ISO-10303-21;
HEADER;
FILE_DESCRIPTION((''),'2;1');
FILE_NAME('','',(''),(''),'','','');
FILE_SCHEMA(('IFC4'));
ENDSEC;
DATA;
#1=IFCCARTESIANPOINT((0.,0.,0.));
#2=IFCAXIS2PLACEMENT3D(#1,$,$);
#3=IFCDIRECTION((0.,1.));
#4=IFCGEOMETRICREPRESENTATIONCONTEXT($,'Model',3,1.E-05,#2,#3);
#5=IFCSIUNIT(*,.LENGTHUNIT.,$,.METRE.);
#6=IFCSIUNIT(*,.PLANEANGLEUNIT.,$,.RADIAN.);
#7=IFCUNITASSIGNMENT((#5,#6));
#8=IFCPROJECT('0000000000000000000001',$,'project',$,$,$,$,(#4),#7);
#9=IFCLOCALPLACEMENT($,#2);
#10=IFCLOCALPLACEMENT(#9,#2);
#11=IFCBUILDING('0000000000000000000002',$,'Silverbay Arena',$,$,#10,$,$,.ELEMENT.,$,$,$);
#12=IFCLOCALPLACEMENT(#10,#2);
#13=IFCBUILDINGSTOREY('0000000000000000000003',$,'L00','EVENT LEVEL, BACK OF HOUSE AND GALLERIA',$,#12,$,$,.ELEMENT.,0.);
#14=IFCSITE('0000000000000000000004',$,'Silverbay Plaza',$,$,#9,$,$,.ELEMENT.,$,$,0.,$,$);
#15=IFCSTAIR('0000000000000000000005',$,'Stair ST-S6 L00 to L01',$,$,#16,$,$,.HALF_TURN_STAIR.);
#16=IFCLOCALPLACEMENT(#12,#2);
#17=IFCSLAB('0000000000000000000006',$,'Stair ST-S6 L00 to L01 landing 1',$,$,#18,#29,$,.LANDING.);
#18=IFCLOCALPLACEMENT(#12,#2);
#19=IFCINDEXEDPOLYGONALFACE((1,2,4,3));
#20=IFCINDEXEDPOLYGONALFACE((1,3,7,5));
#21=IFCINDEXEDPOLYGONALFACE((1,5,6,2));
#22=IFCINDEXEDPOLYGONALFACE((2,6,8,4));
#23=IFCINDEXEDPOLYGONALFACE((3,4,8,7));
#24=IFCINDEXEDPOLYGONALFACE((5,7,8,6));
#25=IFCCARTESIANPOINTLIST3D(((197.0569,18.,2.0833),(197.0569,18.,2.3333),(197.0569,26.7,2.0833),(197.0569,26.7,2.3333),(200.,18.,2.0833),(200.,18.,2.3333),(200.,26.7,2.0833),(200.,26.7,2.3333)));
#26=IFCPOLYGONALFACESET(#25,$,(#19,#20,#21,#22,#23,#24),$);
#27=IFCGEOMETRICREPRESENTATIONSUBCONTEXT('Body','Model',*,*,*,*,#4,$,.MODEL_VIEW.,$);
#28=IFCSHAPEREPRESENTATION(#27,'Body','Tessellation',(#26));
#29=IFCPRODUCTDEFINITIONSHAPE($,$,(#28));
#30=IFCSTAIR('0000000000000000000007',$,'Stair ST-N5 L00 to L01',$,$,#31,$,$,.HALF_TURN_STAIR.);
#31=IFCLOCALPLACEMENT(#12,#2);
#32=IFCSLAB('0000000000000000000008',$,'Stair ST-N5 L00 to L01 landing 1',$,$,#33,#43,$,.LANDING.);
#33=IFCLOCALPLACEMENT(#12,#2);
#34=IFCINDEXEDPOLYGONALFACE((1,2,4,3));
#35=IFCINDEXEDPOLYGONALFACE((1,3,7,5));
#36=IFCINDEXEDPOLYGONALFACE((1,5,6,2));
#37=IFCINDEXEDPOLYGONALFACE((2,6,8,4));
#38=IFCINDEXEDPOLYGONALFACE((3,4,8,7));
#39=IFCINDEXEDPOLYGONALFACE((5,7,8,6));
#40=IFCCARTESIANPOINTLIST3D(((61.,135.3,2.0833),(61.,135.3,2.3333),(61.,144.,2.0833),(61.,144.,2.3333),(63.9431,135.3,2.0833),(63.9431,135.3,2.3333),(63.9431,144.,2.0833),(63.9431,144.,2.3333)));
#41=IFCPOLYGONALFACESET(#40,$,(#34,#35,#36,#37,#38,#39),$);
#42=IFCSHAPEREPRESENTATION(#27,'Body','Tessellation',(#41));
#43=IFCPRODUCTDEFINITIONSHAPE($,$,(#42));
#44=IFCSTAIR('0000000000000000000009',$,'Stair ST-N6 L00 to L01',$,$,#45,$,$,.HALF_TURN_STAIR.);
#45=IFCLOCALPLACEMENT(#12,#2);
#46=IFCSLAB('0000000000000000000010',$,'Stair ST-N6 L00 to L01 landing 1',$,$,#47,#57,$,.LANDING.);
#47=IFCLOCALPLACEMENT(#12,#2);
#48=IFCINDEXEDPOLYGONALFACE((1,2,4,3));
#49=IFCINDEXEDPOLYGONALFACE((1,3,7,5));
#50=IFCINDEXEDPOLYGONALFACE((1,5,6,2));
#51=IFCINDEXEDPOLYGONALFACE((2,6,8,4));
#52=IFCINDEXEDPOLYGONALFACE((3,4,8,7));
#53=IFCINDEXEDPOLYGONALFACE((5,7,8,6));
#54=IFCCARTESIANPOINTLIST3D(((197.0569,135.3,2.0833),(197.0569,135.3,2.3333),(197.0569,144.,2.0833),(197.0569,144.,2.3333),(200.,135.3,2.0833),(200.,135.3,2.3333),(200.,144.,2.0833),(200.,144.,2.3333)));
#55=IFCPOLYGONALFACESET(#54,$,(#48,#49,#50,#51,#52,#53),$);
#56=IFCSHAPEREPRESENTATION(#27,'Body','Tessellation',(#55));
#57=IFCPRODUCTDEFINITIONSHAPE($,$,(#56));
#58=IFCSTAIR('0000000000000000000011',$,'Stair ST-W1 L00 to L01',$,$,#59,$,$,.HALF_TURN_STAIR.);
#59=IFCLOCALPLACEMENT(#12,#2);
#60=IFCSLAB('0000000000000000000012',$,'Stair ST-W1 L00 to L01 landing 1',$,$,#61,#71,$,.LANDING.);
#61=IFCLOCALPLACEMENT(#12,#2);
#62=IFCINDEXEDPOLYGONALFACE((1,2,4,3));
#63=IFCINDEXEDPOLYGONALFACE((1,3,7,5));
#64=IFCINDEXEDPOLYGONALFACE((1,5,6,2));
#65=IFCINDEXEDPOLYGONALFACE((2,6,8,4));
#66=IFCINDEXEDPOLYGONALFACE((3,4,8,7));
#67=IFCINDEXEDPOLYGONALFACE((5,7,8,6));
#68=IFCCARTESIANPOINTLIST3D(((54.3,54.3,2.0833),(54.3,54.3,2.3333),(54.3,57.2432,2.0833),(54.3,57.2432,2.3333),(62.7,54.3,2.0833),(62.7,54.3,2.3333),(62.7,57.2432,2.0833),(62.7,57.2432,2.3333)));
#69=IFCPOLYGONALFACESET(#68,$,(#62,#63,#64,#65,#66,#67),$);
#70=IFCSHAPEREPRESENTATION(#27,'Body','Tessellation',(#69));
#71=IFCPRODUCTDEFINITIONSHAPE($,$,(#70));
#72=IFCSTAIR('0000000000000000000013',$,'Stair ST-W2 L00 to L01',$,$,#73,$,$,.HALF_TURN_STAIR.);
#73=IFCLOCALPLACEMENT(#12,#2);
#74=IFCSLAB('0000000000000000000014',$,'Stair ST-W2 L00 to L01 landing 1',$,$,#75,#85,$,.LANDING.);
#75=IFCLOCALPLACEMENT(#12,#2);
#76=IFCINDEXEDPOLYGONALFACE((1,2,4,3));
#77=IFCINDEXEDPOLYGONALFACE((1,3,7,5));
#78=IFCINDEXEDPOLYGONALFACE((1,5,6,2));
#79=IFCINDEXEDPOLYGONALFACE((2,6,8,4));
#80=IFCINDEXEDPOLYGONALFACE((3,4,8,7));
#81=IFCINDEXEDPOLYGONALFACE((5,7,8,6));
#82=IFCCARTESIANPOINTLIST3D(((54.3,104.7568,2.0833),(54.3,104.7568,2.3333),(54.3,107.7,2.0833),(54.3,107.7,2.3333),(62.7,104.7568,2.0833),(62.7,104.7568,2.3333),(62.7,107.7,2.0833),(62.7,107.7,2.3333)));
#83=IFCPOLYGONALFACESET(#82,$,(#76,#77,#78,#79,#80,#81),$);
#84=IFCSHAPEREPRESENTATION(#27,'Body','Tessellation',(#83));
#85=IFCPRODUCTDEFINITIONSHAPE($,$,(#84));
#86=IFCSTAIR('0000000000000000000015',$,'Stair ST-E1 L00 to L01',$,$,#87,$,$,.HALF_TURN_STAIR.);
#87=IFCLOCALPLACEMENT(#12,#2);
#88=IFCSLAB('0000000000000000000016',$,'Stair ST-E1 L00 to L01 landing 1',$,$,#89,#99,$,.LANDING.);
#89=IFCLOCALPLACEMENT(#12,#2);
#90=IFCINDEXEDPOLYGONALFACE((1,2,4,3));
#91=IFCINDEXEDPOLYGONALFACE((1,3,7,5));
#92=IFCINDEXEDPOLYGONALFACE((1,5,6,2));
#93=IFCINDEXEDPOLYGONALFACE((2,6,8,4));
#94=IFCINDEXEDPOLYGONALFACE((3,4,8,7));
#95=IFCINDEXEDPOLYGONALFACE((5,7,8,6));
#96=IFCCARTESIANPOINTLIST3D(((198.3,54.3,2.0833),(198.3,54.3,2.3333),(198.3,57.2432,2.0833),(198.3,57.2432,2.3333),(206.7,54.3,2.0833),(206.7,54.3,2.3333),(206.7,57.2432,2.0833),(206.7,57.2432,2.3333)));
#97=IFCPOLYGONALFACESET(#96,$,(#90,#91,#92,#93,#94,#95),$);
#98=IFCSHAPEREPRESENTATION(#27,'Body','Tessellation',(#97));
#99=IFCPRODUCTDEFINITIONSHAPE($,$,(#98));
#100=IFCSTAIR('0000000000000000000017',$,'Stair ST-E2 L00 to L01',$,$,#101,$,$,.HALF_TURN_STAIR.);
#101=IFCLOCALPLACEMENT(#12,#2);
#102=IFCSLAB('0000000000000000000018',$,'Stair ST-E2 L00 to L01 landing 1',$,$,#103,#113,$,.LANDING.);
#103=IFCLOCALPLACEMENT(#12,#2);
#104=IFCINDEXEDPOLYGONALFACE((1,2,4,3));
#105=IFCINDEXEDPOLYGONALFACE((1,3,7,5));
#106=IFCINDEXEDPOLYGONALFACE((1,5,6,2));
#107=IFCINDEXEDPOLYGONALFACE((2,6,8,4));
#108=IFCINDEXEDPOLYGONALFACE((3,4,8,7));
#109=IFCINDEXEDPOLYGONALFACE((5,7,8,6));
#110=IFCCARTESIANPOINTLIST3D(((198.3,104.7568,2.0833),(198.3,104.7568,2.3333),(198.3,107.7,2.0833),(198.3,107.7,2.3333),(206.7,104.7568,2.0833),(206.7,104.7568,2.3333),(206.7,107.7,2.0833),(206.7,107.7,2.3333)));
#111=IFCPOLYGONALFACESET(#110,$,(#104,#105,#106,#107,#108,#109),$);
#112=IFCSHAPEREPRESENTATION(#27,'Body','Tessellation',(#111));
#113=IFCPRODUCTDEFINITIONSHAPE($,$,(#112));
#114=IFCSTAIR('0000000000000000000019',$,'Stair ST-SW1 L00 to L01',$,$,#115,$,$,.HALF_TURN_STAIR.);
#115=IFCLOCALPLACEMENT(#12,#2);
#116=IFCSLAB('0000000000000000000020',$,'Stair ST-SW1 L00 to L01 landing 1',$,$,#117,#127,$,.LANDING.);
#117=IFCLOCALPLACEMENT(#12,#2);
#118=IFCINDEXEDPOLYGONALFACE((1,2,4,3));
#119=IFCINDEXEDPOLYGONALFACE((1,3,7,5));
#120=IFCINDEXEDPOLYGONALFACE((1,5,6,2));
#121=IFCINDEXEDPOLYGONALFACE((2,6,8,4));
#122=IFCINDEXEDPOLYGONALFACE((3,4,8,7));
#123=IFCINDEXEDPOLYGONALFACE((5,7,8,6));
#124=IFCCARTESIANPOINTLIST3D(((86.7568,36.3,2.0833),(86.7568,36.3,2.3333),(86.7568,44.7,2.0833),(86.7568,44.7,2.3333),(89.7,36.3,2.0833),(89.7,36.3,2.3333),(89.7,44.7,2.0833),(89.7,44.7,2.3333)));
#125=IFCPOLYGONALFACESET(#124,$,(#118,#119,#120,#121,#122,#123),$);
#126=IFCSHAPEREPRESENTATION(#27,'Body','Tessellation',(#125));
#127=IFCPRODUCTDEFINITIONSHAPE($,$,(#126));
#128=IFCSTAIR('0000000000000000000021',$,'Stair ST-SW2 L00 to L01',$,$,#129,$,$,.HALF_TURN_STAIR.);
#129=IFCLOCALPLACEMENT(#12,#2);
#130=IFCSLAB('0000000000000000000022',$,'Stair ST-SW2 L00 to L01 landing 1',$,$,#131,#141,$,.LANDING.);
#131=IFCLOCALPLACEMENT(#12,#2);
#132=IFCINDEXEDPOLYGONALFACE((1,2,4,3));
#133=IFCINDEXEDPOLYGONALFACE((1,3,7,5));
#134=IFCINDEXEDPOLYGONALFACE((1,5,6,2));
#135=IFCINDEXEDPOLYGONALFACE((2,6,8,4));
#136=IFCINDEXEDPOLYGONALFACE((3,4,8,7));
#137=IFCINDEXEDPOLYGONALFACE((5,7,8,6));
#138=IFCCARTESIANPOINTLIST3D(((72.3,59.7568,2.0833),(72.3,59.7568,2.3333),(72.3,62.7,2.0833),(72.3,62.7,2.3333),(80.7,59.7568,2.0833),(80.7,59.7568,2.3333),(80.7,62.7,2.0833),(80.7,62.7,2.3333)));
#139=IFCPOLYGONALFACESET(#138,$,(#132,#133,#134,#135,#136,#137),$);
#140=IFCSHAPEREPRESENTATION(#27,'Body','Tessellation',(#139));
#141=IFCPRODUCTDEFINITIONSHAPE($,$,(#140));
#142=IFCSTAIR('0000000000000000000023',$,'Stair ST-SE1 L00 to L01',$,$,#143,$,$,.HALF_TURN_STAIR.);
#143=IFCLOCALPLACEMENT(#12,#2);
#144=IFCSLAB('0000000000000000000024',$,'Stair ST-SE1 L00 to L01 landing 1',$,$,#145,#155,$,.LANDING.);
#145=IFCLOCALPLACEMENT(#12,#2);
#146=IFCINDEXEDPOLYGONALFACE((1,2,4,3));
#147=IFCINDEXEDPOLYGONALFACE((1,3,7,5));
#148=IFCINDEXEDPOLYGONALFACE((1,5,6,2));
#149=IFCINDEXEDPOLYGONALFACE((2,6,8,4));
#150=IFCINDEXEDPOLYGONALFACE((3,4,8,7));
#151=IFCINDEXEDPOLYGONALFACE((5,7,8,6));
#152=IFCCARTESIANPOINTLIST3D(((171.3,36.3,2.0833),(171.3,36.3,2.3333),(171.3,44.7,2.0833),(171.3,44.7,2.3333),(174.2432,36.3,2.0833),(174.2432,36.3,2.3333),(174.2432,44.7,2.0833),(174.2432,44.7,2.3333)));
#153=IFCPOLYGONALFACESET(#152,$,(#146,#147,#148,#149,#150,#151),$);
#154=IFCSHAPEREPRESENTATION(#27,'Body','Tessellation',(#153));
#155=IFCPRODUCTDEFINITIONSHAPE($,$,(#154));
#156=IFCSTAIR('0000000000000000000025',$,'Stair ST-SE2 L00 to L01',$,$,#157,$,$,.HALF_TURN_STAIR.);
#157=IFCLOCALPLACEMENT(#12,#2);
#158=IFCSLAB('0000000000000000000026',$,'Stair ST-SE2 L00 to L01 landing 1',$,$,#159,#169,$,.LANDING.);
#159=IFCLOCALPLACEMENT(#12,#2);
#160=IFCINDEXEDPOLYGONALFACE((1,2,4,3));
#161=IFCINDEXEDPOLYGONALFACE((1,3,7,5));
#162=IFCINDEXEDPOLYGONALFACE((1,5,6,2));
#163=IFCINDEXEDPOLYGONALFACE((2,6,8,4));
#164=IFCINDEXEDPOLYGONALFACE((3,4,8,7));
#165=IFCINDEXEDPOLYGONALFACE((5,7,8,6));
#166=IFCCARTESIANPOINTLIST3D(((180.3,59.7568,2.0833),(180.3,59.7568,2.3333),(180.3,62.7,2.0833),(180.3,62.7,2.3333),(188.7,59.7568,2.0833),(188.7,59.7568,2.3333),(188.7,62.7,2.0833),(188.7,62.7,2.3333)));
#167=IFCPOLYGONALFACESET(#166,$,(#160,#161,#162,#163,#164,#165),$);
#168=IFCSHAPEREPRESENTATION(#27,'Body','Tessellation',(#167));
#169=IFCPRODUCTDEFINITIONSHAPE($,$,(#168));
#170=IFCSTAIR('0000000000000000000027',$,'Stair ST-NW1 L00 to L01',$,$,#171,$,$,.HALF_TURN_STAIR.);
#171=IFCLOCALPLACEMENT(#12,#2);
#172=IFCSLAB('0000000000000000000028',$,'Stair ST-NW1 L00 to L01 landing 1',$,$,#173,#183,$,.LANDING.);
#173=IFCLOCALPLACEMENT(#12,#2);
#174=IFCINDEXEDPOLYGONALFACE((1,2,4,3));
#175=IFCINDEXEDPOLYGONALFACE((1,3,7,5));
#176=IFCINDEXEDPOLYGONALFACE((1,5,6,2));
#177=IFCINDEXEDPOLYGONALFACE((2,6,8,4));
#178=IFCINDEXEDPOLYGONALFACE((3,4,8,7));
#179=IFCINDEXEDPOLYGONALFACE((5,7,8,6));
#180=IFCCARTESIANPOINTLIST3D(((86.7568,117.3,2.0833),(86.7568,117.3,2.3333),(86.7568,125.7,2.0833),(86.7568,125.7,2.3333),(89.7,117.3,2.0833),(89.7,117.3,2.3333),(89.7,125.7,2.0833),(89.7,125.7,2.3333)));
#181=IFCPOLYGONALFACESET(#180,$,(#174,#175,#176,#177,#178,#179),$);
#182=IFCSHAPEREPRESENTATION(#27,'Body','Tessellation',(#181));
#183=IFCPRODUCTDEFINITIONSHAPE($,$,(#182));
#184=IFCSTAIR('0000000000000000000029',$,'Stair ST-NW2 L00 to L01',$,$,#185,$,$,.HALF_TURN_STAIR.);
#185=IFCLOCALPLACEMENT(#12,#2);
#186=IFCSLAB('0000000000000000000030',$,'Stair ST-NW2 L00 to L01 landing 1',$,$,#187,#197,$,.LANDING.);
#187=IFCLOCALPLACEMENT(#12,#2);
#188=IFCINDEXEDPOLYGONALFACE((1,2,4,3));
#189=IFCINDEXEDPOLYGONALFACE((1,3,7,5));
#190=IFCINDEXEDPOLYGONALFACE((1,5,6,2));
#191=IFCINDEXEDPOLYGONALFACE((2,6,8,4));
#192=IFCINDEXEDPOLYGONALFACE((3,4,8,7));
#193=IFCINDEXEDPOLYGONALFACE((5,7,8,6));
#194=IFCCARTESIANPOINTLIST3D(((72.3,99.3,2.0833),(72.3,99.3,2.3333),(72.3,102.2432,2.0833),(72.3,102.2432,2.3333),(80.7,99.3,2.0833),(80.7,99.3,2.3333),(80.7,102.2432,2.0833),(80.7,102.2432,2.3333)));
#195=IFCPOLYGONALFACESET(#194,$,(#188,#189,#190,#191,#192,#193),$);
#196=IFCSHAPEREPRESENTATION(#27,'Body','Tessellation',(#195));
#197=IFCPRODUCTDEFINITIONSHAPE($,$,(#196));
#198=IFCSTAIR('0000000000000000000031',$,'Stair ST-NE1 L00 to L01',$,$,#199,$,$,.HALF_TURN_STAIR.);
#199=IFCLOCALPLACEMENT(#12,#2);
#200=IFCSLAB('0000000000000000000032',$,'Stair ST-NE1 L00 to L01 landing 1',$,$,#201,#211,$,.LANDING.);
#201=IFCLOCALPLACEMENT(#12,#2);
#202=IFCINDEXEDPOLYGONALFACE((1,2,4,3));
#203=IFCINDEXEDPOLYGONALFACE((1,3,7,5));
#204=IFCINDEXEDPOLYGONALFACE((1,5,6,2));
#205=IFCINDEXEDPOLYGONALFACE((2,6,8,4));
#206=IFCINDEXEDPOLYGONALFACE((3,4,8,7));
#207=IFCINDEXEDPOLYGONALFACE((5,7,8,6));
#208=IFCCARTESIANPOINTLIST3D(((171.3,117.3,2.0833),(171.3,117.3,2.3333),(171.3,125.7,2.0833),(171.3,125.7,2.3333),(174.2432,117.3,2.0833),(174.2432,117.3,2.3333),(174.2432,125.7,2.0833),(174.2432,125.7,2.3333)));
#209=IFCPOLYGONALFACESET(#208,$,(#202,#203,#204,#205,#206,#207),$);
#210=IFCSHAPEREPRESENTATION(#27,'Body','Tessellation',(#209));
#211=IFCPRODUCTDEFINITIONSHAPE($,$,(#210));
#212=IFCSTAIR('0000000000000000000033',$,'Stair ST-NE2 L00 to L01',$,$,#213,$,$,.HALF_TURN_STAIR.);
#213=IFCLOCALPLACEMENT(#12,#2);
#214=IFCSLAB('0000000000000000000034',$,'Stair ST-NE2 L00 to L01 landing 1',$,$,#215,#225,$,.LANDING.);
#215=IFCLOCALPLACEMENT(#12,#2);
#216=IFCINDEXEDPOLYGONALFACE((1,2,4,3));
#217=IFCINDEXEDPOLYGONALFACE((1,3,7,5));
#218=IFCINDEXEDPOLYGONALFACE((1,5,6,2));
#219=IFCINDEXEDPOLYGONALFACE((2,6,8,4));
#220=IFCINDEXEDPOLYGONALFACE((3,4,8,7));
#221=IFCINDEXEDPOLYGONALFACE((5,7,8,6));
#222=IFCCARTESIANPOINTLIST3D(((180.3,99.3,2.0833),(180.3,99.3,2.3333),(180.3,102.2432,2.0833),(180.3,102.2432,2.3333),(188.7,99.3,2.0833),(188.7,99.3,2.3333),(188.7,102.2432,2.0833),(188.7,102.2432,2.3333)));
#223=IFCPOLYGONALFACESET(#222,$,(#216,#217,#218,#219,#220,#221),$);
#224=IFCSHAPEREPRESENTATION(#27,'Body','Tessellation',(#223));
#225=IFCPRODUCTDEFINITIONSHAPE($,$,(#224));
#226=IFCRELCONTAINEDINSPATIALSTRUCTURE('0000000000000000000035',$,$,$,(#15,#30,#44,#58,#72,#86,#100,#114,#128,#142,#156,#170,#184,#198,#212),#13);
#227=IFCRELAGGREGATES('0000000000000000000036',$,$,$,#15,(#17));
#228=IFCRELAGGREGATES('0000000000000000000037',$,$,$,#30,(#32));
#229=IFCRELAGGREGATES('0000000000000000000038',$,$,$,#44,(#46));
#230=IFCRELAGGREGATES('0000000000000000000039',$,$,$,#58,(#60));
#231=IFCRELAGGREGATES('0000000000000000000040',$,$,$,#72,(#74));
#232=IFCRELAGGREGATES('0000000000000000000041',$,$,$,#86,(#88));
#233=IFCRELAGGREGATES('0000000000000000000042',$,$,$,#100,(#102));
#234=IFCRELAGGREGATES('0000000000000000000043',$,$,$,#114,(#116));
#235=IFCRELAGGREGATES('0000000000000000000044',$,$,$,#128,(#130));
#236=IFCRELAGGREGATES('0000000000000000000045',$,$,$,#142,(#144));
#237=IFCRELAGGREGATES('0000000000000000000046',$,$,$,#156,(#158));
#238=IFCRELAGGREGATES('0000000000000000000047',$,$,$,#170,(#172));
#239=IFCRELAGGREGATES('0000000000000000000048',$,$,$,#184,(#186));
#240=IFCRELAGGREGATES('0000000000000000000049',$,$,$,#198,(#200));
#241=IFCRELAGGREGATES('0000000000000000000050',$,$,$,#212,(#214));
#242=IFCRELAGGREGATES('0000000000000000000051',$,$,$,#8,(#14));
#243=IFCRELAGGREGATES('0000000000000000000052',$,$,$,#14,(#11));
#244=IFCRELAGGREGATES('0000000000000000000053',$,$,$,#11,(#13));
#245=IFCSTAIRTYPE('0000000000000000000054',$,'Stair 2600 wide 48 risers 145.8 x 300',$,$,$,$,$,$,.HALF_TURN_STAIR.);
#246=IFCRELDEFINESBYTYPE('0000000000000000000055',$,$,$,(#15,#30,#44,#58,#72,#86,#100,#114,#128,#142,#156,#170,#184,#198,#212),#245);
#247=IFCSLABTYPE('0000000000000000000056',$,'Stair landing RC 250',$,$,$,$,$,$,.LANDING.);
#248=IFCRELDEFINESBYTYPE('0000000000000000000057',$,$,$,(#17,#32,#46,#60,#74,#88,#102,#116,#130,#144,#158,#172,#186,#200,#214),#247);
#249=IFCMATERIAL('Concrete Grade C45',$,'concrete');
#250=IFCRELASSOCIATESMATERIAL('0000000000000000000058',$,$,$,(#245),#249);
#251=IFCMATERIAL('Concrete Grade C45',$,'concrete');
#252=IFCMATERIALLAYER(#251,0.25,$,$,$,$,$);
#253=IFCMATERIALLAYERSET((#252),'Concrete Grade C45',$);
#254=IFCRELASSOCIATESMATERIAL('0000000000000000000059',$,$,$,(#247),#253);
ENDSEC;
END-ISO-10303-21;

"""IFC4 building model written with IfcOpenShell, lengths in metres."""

from ifc_helpers import new_model, si_unit, direction, frame, origin, place, context, subcontext, project, spatial, polyline, outline, extrude, material, layer, layer_set, type_object, element, aggregate, save


model = new_model("IFC4")

# Units and contexts
model_context = context("Model", 3, precision=1e-05, world=origin(), true_north=direction((0.0, 1.0)))
body_context = subcontext(model_context, "Body", "Model", "MODEL_VIEW")
ifc_project = project(units=[si_unit("LENGTHUNIT", "METRE"), si_unit("PLANEANGLEUNIT", "RADIAN")], contexts=[model_context])

# Site, building, storey
site_placement = place(None, origin())
site = spatial("IfcSite", under=ifc_project, at=site_placement, Name="Silverbay Plaza", CompositionType="ELEMENT", RefElevation=0.0)
building_placement = place(site_placement, origin())
building = spatial("IfcBuilding", under=site, at=building_placement, Name="Silverbay Arena", CompositionType="ELEMENT")
storey_placement = place(building_placement, origin())
storey = spatial("IfcBuildingStorey", under=building, at=storey_placement, Name="L00", Description="EVENT LEVEL, BACK OF HOUSE AND GALLERIA", CompositionType="ELEMENT", Elevation=0.0)

# Shared definitions
ifc_material_1 = material(Name="Concrete Grade C45", Category="concrete")
stair_type = type_object("IfcStairType", Name="Stair 2600 wide 48 risers 145.8 x 300", PredefinedType="HALF_TURN_STAIR", material=ifc_material_1)
ifc_material_2 = material(Name="Concrete Grade C45", Category="concrete")
ifc_layer = layer(ifc_material_2, 0.25)
ifc_layer_set = layer_set([ifc_layer], Name="Concrete Grade C45")
slab_type = type_object("IfcSlabType", Name="Stair landing RC 250", PredefinedType="LANDING", material=ifc_layer_set)

# Stairs, slabs
stair_1_placement = place(storey_placement, origin())
stair_1 = element("IfcStair", 1, at=stair_1_placement, inside=storey, type_object=stair_type, Name="Stair ST-S6 L00 to L01", PredefinedType="HALF_TURN_STAIR")
slab_1_placement = place(storey_placement, frame((0.0, 0.0, 2.0833)))
slab_1 = element("IfcSlab", 2, at=slab_1_placement, type_object=slab_type, Name="Stair ST-S6 L00 to L01 landing 1", PredefinedType="LANDING", context=body_context, shape_type="SweptSolid", body=[
    extrude(outline(polyline([(197.0569, 26.7), (200.0, 26.7), (200.0, 18.0), (197.0569, 18.0), (197.0569, 26.7)])), origin(), (0.0, 0.0, 1.0), 0.25),
])
aggregate(stair_1, [slab_1])
stair_2_placement = place(storey_placement, origin())
stair_2 = element("IfcStair", 3, at=stair_2_placement, inside=storey, type_object=stair_type, Name="Stair ST-N5 L00 to L01", PredefinedType="HALF_TURN_STAIR")
slab_2_placement = place(storey_placement, frame((0.0, 0.0, 2.0833)))
slab_2 = element("IfcSlab", 4, at=slab_2_placement, type_object=slab_type, Name="Stair ST-N5 L00 to L01 landing 1", PredefinedType="LANDING", context=body_context, shape_type="SweptSolid", body=[
    extrude(outline(polyline([(63.9431, 135.3), (61.0, 135.3), (61.0, 144.0), (63.9431, 144.0), (63.9431, 135.3)])), origin(), (0.0, 0.0, 1.0), 0.25),
])
aggregate(stair_2, [slab_2])
stair_3_placement = place(storey_placement, origin())
stair_3 = element("IfcStair", 5, at=stair_3_placement, inside=storey, type_object=stair_type, Name="Stair ST-N6 L00 to L01", PredefinedType="HALF_TURN_STAIR")
slab_3_placement = place(storey_placement, frame((0.0, 0.0, 2.0833)))
slab_3 = element("IfcSlab", 6, at=slab_3_placement, type_object=slab_type, Name="Stair ST-N6 L00 to L01 landing 1", PredefinedType="LANDING", context=body_context, shape_type="SweptSolid", body=[
    extrude(outline(polyline([(197.0569, 135.3), (200.0, 135.3), (200.0, 144.0), (197.0569, 144.0), (197.0569, 135.3)])), origin(), (0.0, 0.0, 1.0), 0.25),
])
aggregate(stair_3, [slab_3])
stair_4_placement = place(storey_placement, origin())
stair_4 = element("IfcStair", 7, at=stair_4_placement, inside=storey, type_object=stair_type, Name="Stair ST-W1 L00 to L01", PredefinedType="HALF_TURN_STAIR")
slab_4_placement = place(storey_placement, frame((0.0, 0.0, 2.0833)))
slab_4 = element("IfcSlab", 8, at=slab_4_placement, type_object=slab_type, Name="Stair ST-W1 L00 to L01 landing 1", PredefinedType="LANDING", context=body_context, shape_type="SweptSolid", body=[
    extrude(outline(polyline([(62.7, 57.2432), (62.7, 54.3), (54.3, 54.3), (54.3, 57.2432), (62.7, 57.2432)])), origin(), (0.0, 0.0, 1.0), 0.25),
])
aggregate(stair_4, [slab_4])
stair_5_placement = place(storey_placement, origin())
stair_5 = element("IfcStair", 9, at=stair_5_placement, inside=storey, type_object=stair_type, Name="Stair ST-W2 L00 to L01", PredefinedType="HALF_TURN_STAIR")
slab_5_placement = place(storey_placement, frame((0.0, 0.0, 2.0833)))
slab_5 = element("IfcSlab", 10, at=slab_5_placement, type_object=slab_type, Name="Stair ST-W2 L00 to L01 landing 1", PredefinedType="LANDING", context=body_context, shape_type="SweptSolid", body=[
    extrude(outline(polyline([(62.7, 104.7568), (62.7, 107.7), (54.3, 107.7), (54.3, 104.7568), (62.7, 104.7568)])), origin(), (0.0, 0.0, 1.0), 0.25),
])
aggregate(stair_5, [slab_5])
stair_6_placement = place(storey_placement, origin())
stair_6 = element("IfcStair", 11, at=stair_6_placement, inside=storey, type_object=stair_type, Name="Stair ST-E1 L00 to L01", PredefinedType="HALF_TURN_STAIR")
slab_6_placement = place(storey_placement, frame((0.0, 0.0, 2.0833)))
slab_6 = element("IfcSlab", 12, at=slab_6_placement, type_object=slab_type, Name="Stair ST-E1 L00 to L01 landing 1", PredefinedType="LANDING", context=body_context, shape_type="SweptSolid", body=[
    extrude(outline(polyline([(198.3, 57.2432), (198.3, 54.3), (206.7, 54.3), (206.7, 57.2432), (198.3, 57.2432)])), origin(), (0.0, 0.0, 1.0), 0.25),
])
aggregate(stair_6, [slab_6])
stair_7_placement = place(storey_placement, origin())
stair_7 = element("IfcStair", 13, at=stair_7_placement, inside=storey, type_object=stair_type, Name="Stair ST-E2 L00 to L01", PredefinedType="HALF_TURN_STAIR")
slab_7_placement = place(storey_placement, frame((0.0, 0.0, 2.0833)))
slab_7 = element("IfcSlab", 14, at=slab_7_placement, type_object=slab_type, Name="Stair ST-E2 L00 to L01 landing 1", PredefinedType="LANDING", context=body_context, shape_type="SweptSolid", body=[
    extrude(outline(polyline([(198.3, 104.7568), (198.3, 107.7), (206.7, 107.7), (206.7, 104.7568), (198.3, 104.7568)])), origin(), (0.0, 0.0, 1.0), 0.25),
])
aggregate(stair_7, [slab_7])
stair_8_placement = place(storey_placement, origin())
stair_8 = element("IfcStair", 15, at=stair_8_placement, inside=storey, type_object=stair_type, Name="Stair ST-SW1 L00 to L01", PredefinedType="HALF_TURN_STAIR")
slab_8_placement = place(storey_placement, frame((0.0, 0.0, 2.0833)))
slab_8 = element("IfcSlab", 16, at=slab_8_placement, type_object=slab_type, Name="Stair ST-SW1 L00 to L01 landing 1", PredefinedType="LANDING", context=body_context, shape_type="SweptSolid", body=[
    extrude(outline(polyline([(86.7568, 44.7), (89.7, 44.7), (89.7, 36.3), (86.7568, 36.3), (86.7568, 44.7)])), origin(), (0.0, 0.0, 1.0), 0.25),
])
aggregate(stair_8, [slab_8])
stair_9_placement = place(storey_placement, origin())
stair_9 = element("IfcStair", 17, at=stair_9_placement, inside=storey, type_object=stair_type, Name="Stair ST-SW2 L00 to L01", PredefinedType="HALF_TURN_STAIR")
slab_9_placement = place(storey_placement, frame((0.0, 0.0, 2.0833)))
slab_9 = element("IfcSlab", 18, at=slab_9_placement, type_object=slab_type, Name="Stair ST-SW2 L00 to L01 landing 1", PredefinedType="LANDING", context=body_context, shape_type="SweptSolid", body=[
    extrude(outline(polyline([(80.7, 59.7568), (80.7, 62.7), (72.3, 62.7), (72.3, 59.7568), (80.7, 59.7568)])), origin(), (0.0, 0.0, 1.0), 0.25),
])
aggregate(stair_9, [slab_9])
stair_10_placement = place(storey_placement, origin())
stair_10 = element("IfcStair", 19, at=stair_10_placement, inside=storey, type_object=stair_type, Name="Stair ST-SE1 L00 to L01", PredefinedType="HALF_TURN_STAIR")
slab_10_placement = place(storey_placement, frame((0.0, 0.0, 2.0833)))
slab_10 = element("IfcSlab", 20, at=slab_10_placement, type_object=slab_type, Name="Stair ST-SE1 L00 to L01 landing 1", PredefinedType="LANDING", context=body_context, shape_type="SweptSolid", body=[
    extrude(outline(polyline([(174.2432, 44.7), (171.3, 44.7), (171.3, 36.3), (174.2432, 36.3), (174.2432, 44.7)])), origin(), (0.0, 0.0, 1.0), 0.25),
])
aggregate(stair_10, [slab_10])
stair_11_placement = place(storey_placement, origin())
stair_11 = element("IfcStair", 21, at=stair_11_placement, inside=storey, type_object=stair_type, Name="Stair ST-SE2 L00 to L01", PredefinedType="HALF_TURN_STAIR")
slab_11_placement = place(storey_placement, frame((0.0, 0.0, 2.0833)))
slab_11 = element("IfcSlab", 22, at=slab_11_placement, type_object=slab_type, Name="Stair ST-SE2 L00 to L01 landing 1", PredefinedType="LANDING", context=body_context, shape_type="SweptSolid", body=[
    extrude(outline(polyline([(180.3, 59.7568), (180.3, 62.7), (188.7, 62.7), (188.7, 59.7568), (180.3, 59.7568)])), origin(), (0.0, 0.0, 1.0), 0.25),
])
aggregate(stair_11, [slab_11])
stair_12_placement = place(storey_placement, origin())
stair_12 = element("IfcStair", 23, at=stair_12_placement, inside=storey, type_object=stair_type, Name="Stair ST-NW1 L00 to L01", PredefinedType="HALF_TURN_STAIR")
slab_12_placement = place(storey_placement, frame((0.0, 0.0, 2.0833)))
slab_12 = element("IfcSlab", 24, at=slab_12_placement, type_object=slab_type, Name="Stair ST-NW1 L00 to L01 landing 1", PredefinedType="LANDING", context=body_context, shape_type="SweptSolid", body=[
    extrude(outline(polyline([(86.7568, 117.3), (89.7, 117.3), (89.7, 125.7), (86.7568, 125.7), (86.7568, 117.3)])), origin(), (0.0, 0.0, 1.0), 0.25),
])
aggregate(stair_12, [slab_12])
stair_13_placement = place(storey_placement, origin())
stair_13 = element("IfcStair", 25, at=stair_13_placement, inside=storey, type_object=stair_type, Name="Stair ST-NW2 L00 to L01", PredefinedType="HALF_TURN_STAIR")
slab_13_placement = place(storey_placement, frame((0.0, 0.0, 2.0833)))
slab_13 = element("IfcSlab", 26, at=slab_13_placement, type_object=slab_type, Name="Stair ST-NW2 L00 to L01 landing 1", PredefinedType="LANDING", context=body_context, shape_type="SweptSolid", body=[
    extrude(outline(polyline([(80.7, 102.2432), (80.7, 99.3), (72.3, 99.3), (72.3, 102.2432), (80.7, 102.2432)])), origin(), (0.0, 0.0, 1.0), 0.25),
])
aggregate(stair_13, [slab_13])
stair_14_placement = place(storey_placement, origin())
stair_14 = element("IfcStair", 27, at=stair_14_placement, inside=storey, type_object=stair_type, Name="Stair ST-NE1 L00 to L01", PredefinedType="HALF_TURN_STAIR")
slab_14_placement = place(storey_placement, frame((0.0, 0.0, 2.0833)))
slab_14 = element("IfcSlab", 28, at=slab_14_placement, type_object=slab_type, Name="Stair ST-NE1 L00 to L01 landing 1", PredefinedType="LANDING", context=body_context, shape_type="SweptSolid", body=[
    extrude(outline(polyline([(174.2432, 117.3), (171.3, 117.3), (171.3, 125.7), (174.2432, 125.7), (174.2432, 117.3)])), origin(), (0.0, 0.0, 1.0), 0.25),
])
aggregate(stair_14, [slab_14])
stair_15_placement = place(storey_placement, origin())
stair_15 = element("IfcStair", 29, at=stair_15_placement, inside=storey, type_object=stair_type, Name="Stair ST-NE2 L00 to L01", PredefinedType="HALF_TURN_STAIR")
slab_15_placement = place(storey_placement, frame((0.0, 0.0, 2.0833)))
slab_15 = element("IfcSlab", 30, at=slab_15_placement, type_object=slab_type, Name="Stair ST-NE2 L00 to L01 landing 1", PredefinedType="LANDING", context=body_context, shape_type="SweptSolid", body=[
    extrude(outline(polyline([(180.3, 102.2432), (180.3, 99.3), (188.7, 99.3), (188.7, 102.2432), (180.3, 102.2432)])), origin(), (0.0, 0.0, 1.0), 0.25),
])
aggregate(stair_15, [slab_15])

save(model, "model.ifc")
